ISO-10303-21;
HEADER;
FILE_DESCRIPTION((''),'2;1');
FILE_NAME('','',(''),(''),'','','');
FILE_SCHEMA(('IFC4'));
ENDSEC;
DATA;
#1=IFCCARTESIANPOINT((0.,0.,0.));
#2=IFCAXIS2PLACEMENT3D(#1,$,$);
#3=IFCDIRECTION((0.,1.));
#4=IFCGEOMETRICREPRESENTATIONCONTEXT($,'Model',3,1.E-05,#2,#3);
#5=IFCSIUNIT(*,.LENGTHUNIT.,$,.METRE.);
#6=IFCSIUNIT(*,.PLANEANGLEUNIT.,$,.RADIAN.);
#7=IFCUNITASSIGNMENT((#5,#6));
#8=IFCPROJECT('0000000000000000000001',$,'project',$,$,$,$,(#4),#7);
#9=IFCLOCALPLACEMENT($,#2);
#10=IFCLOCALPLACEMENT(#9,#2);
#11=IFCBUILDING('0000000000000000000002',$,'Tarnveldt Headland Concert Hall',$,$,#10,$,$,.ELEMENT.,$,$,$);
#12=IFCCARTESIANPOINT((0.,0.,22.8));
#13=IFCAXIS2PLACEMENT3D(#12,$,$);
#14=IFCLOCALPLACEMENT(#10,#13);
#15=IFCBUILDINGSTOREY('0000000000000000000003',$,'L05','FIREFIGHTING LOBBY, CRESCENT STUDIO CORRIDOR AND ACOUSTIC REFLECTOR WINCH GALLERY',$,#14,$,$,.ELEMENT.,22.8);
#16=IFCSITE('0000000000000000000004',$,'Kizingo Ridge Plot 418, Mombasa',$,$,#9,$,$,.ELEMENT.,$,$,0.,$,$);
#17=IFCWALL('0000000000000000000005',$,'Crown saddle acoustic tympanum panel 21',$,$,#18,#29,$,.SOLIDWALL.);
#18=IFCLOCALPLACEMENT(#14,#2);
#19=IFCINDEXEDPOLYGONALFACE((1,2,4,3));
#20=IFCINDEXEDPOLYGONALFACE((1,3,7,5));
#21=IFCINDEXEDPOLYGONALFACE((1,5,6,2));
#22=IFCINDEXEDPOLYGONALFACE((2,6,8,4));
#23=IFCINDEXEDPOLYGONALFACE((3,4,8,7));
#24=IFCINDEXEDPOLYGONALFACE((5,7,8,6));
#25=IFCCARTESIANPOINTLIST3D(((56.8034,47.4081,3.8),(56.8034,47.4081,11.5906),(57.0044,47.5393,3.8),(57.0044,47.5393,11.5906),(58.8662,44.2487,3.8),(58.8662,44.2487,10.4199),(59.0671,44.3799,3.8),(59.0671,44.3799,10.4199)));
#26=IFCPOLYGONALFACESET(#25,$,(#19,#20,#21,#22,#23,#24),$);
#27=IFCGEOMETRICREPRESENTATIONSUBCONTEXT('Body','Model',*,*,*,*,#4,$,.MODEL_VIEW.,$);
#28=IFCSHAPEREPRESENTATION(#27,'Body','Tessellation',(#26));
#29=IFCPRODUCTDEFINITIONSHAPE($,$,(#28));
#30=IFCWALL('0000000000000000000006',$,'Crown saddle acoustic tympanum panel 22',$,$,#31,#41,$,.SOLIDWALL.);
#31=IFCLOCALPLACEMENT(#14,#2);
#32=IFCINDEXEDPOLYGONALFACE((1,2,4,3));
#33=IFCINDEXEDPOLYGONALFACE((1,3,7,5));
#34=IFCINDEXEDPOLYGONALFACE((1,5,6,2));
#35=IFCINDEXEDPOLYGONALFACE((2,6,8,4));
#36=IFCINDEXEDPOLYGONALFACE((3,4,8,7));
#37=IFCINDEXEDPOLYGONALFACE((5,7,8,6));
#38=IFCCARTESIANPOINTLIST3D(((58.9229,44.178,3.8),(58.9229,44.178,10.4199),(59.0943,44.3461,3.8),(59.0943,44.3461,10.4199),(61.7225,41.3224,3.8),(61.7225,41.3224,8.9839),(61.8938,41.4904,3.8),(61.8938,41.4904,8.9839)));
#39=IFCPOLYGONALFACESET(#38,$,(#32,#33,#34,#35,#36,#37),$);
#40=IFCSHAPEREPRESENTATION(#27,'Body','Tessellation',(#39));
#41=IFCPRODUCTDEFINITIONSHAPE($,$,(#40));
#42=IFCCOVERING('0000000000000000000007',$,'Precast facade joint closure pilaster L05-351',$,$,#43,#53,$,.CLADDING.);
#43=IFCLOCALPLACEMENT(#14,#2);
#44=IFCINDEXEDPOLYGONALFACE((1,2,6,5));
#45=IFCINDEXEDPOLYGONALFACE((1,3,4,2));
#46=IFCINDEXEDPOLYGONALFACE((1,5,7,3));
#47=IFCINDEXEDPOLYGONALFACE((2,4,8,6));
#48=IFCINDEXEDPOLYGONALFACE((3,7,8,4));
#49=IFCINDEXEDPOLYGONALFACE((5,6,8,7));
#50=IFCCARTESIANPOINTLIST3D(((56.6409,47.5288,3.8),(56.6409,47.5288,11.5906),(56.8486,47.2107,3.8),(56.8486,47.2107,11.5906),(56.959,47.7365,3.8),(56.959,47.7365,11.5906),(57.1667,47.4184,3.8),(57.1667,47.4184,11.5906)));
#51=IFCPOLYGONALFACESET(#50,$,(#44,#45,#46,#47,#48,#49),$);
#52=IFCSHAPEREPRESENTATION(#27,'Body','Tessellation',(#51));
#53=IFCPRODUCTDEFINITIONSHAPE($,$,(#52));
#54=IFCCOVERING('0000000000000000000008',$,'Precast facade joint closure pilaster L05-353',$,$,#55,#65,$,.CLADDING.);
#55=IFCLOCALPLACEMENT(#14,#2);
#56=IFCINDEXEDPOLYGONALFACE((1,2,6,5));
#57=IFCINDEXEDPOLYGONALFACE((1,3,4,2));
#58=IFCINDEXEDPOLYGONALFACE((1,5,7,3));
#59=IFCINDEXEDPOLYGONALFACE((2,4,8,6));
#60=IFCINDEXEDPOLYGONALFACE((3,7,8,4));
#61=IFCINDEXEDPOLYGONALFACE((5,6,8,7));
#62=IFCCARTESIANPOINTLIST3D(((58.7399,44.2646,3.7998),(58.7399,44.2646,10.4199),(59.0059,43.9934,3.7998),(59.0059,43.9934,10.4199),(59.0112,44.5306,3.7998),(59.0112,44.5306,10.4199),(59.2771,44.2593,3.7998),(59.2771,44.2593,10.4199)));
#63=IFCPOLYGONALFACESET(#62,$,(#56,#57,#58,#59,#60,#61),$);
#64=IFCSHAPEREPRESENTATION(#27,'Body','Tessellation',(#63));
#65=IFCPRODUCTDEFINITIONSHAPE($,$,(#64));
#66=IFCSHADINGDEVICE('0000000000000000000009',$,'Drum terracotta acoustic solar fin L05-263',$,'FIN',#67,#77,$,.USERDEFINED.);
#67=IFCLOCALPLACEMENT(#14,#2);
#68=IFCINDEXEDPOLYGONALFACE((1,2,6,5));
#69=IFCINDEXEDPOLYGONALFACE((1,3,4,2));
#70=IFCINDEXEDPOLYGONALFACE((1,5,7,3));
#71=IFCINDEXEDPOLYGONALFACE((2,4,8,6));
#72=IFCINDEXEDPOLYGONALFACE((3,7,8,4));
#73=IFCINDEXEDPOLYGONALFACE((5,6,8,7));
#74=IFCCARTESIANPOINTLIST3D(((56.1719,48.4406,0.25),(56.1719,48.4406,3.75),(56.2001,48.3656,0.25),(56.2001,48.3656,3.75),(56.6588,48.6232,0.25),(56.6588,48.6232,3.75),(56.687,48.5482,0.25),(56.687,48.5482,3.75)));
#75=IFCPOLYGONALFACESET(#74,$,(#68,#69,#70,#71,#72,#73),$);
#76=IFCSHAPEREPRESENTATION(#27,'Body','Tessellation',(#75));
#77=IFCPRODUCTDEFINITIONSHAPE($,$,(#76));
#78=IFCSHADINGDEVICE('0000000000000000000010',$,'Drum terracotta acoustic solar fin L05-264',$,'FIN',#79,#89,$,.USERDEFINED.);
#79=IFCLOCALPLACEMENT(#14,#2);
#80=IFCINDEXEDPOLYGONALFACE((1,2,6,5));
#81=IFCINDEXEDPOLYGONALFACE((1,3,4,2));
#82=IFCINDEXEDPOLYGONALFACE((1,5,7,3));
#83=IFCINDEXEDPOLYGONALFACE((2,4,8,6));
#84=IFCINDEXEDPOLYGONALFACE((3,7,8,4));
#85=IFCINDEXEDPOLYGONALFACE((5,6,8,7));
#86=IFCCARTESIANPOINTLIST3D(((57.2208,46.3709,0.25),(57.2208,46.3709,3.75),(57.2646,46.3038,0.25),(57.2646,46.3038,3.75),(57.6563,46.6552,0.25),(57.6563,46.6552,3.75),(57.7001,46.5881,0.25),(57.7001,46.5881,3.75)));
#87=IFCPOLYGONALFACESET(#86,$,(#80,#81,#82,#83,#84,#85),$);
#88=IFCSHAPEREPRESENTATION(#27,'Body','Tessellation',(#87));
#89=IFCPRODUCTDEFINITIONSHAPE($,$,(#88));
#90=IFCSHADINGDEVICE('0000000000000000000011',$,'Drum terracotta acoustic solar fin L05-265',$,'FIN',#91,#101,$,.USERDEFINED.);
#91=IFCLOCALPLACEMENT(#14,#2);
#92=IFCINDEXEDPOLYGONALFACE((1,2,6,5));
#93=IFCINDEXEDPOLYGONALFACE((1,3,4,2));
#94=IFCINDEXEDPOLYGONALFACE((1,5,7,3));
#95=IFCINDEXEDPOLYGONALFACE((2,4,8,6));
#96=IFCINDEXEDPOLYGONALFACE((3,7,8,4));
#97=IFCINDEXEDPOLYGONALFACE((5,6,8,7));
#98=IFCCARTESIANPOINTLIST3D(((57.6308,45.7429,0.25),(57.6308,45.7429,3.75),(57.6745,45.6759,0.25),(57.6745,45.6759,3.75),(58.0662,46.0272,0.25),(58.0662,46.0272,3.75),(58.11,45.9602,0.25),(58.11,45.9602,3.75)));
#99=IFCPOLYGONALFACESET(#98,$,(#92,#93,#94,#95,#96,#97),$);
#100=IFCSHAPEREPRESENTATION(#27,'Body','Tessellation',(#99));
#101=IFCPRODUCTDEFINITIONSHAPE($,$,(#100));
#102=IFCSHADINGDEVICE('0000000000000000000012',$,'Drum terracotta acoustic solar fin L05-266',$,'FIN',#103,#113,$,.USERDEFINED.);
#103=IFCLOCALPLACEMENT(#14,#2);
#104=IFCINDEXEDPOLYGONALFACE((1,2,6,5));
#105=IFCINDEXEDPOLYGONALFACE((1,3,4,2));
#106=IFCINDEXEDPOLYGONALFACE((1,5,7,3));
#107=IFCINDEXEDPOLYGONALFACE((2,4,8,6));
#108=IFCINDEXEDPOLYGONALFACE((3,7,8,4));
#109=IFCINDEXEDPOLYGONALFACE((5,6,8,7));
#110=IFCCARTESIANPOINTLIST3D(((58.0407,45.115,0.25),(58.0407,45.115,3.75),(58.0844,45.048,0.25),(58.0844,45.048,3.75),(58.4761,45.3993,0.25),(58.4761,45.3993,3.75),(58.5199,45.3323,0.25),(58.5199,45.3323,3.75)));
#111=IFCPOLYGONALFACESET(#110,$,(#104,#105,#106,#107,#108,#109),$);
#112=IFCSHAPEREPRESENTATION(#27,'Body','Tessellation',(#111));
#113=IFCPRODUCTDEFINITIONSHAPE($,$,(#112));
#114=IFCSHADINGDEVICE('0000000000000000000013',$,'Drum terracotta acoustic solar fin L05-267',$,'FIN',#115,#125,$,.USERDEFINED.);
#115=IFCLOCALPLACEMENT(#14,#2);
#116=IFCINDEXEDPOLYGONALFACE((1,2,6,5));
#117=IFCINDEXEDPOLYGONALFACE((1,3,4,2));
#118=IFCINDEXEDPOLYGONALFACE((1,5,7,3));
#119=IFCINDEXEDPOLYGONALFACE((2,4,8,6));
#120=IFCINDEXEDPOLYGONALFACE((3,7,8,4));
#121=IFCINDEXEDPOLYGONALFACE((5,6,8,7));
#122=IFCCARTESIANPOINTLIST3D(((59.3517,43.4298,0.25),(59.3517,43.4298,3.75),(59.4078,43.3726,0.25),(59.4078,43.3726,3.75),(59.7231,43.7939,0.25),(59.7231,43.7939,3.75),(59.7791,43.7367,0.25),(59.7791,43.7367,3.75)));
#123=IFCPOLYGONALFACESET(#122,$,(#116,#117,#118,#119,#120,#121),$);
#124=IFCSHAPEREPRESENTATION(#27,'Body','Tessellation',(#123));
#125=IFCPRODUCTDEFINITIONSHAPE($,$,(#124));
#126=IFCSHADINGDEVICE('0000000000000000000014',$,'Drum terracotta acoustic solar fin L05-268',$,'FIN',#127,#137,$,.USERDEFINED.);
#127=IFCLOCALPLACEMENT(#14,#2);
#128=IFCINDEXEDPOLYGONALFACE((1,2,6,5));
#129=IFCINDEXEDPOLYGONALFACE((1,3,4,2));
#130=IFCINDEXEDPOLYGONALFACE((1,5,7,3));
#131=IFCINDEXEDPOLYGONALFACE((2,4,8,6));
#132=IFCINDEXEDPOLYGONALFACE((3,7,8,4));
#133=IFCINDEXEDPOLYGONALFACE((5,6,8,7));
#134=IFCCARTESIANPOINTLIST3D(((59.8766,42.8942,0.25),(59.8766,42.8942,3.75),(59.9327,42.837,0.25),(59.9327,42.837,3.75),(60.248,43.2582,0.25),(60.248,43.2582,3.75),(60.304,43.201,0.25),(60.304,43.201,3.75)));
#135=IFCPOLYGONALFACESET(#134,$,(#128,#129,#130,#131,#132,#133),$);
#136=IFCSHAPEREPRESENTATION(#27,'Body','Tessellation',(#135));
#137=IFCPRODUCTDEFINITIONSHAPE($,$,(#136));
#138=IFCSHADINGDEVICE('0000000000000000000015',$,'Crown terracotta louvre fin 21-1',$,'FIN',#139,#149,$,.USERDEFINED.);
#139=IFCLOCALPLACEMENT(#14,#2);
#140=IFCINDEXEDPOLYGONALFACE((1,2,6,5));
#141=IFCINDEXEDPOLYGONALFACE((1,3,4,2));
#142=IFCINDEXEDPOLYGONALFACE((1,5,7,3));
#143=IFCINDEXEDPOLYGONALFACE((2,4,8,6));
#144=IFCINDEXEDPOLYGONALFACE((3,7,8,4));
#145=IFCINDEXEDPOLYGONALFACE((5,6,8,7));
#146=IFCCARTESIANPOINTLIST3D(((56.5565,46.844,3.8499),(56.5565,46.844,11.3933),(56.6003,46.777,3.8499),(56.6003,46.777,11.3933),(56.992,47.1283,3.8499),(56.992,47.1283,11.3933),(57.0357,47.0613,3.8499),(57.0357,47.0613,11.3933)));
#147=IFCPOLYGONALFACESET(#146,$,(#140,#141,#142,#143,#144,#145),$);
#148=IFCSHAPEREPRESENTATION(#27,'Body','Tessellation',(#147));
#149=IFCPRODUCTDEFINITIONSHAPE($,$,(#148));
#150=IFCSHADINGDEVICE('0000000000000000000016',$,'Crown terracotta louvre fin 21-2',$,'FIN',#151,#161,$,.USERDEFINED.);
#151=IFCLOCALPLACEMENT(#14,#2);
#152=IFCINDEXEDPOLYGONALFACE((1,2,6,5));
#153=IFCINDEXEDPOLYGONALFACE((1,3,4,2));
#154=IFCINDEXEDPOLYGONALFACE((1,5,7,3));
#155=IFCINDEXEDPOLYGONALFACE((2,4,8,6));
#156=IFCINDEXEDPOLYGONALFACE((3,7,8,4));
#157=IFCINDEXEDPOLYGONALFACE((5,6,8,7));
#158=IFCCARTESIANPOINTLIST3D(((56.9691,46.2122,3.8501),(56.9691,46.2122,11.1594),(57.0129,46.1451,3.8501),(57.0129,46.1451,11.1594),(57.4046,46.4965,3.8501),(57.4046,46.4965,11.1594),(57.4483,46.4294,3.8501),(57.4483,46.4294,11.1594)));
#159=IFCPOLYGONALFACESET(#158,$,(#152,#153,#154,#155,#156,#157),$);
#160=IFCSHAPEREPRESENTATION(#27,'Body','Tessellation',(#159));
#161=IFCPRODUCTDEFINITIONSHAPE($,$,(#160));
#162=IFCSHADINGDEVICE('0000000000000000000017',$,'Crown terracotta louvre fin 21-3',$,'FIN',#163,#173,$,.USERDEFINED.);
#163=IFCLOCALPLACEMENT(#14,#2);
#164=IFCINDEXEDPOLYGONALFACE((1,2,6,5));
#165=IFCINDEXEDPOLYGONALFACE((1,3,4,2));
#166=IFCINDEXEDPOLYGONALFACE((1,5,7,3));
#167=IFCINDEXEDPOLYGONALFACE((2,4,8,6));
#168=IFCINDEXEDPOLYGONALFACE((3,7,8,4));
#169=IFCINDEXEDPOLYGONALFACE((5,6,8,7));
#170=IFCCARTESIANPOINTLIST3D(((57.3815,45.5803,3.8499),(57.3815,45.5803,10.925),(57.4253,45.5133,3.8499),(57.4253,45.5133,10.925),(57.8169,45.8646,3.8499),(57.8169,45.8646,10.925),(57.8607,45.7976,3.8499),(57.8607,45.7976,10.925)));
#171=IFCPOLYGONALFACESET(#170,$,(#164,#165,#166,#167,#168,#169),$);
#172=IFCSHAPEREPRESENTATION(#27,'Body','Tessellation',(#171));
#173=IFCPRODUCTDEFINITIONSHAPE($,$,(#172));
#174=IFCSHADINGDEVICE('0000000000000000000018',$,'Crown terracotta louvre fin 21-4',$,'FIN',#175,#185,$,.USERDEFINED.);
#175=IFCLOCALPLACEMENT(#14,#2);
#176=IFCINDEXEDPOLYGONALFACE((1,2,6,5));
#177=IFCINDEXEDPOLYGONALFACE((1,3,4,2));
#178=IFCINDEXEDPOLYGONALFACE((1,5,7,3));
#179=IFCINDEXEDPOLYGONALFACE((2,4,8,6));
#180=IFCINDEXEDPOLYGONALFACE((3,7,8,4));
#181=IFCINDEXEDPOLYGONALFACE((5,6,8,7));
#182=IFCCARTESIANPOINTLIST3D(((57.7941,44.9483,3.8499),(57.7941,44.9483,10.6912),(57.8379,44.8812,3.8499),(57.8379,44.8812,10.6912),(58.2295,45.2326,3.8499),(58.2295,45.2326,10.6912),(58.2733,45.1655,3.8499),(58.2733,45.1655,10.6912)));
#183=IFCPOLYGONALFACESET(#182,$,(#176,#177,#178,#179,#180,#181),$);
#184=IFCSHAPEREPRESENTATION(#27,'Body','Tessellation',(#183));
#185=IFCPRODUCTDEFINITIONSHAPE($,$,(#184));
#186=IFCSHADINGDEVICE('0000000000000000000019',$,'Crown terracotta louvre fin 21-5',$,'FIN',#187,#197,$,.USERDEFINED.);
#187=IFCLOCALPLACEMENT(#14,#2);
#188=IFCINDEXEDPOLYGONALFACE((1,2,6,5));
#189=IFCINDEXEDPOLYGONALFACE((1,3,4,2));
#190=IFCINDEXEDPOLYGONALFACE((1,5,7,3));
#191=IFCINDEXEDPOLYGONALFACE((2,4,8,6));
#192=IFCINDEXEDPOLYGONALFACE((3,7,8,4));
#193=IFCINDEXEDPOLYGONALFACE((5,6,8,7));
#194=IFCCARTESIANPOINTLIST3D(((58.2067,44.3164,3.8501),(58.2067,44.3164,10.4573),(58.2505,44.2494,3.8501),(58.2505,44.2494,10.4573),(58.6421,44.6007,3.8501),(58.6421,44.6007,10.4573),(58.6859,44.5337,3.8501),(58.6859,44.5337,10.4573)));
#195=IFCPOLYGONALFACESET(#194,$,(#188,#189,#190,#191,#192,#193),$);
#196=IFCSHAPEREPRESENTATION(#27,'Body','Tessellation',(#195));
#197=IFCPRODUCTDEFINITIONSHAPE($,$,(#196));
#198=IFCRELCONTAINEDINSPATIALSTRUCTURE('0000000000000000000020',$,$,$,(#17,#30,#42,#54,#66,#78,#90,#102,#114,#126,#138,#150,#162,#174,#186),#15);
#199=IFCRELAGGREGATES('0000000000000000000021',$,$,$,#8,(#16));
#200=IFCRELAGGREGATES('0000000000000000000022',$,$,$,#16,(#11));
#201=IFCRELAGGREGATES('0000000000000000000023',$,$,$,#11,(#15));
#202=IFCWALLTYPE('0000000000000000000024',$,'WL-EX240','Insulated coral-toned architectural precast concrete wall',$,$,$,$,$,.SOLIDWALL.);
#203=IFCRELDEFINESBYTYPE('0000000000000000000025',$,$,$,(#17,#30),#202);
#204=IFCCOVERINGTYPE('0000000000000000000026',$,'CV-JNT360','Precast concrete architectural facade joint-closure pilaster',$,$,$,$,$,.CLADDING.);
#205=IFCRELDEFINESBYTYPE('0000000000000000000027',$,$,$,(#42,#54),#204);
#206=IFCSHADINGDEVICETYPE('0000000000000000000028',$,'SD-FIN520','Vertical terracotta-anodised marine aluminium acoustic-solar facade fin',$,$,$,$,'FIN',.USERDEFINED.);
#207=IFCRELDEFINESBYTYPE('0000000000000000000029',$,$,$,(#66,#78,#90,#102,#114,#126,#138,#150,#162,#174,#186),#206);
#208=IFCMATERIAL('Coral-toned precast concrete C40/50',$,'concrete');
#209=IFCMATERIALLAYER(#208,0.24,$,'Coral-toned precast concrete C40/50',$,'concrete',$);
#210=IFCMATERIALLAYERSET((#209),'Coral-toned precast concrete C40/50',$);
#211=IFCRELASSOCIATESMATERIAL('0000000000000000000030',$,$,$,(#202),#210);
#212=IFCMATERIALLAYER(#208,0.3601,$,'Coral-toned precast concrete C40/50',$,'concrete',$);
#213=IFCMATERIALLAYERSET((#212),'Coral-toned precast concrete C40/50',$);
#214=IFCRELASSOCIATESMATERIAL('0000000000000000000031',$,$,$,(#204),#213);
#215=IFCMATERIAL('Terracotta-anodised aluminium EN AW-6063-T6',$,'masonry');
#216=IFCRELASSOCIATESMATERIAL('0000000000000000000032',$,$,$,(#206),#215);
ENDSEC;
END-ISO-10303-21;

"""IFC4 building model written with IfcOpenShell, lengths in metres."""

from ifc_helpers import new_model, si_unit, direction, frame, origin, origin_2d, place, context, subcontext, project, spatial, polyline, rectangle, outline, extrude, material, layer, layer_set, type_object, element, save


model = new_model("IFC4")

# Units and contexts
model_context = context("Model", 3, precision=1e-05, world=origin(), true_north=direction((0.0, 1.0)))
body_context = subcontext(model_context, "Body", "Model", "MODEL_VIEW")
ifc_project = project(units=[si_unit("LENGTHUNIT", "METRE"), si_unit("PLANEANGLEUNIT", "RADIAN")], contexts=[model_context])

# Site, building, storey
site_placement = place(None, origin())
site = spatial("IfcSite", under=ifc_project, at=site_placement, Name="Kizingo Ridge Plot 418, Mombasa", CompositionType="ELEMENT", RefElevation=0.0)
building_placement = place(site_placement, origin())
building = spatial("IfcBuilding", under=site, at=building_placement, Name="Tarnveldt Headland Concert Hall", CompositionType="ELEMENT")
storey_placement = place(building_placement, frame((0.0, 0.0, 22.8)))
storey = spatial("IfcBuildingStorey", under=building, at=storey_placement, Name="L05", Description="FIREFIGHTING LOBBY, CRESCENT STUDIO CORRIDOR AND ACOUSTIC REFLECTOR WINCH GALLERY", CompositionType="ELEMENT", Elevation=22.8)

# Walls
ifc_material_1 = material(Name="Coral-toned precast concrete C40/50", Category="concrete")
ifc_layer_1 = layer(ifc_material_1, 0.24, Name="Coral-toned precast concrete C40/50", Category="concrete")
ifc_layer_set_1 = layer_set([ifc_layer_1], Name="Coral-toned precast concrete C40/50")
wall_type_1 = type_object("IfcWallType", Name="WL-EX240", Description="Insulated coral-toned architectural precast concrete wall", PredefinedType="SOLIDWALL", material=ifc_layer_set_1)
wall_1_placement = place(storey_placement, frame((56.9038, 47.4736, 3.8), z_axis=(0.0, 0.0, 1.0), x_axis=(0.546686, -0.837338, 0.0)))
element("IfcWall", 1, at=wall_1_placement, inside=storey, type_object=wall_type_1, Name="Crown saddle acoustic tympanum panel 21", PredefinedType="SOLIDWALL", context=body_context, shape_type="SweptSolid", body=[
    extrude(outline(polyline([(0.0, 0.0), (3.7732, 0.0), (3.7732, 6.6199), (0.0, 7.7905), (0.0, 0.0)])), frame((0.0, 0.1201, 0.0), z_axis=(0.0, -1.0, 0.0), x_axis=(1.0, 0.0, 0.0)), (0.0, 0.0, 1.0), 0.24),
])
wall_2_placement = place(storey_placement, frame((59.0085, 44.262, 3.8), z_axis=(0.0, 0.0, 1.0), x_axis=(0.700051, -0.714093, 0.0)))
element("IfcWall", 2, at=wall_2_placement, inside=storey, type_object=wall_type_1, Name="Crown saddle acoustic tympanum panel 22", PredefinedType="SOLIDWALL", context=body_context, shape_type="SweptSolid", body=[
    extrude(outline(polyline([(0.0, 0.0), (3.999, 0.0), (3.999, 5.1838), (0.0, 6.6199), (0.0, 0.0)])), frame((0.0, 0.1201, 0.0), z_axis=(0.0, -1.0, 0.0), x_axis=(1.0, 0.0, 0.0)), (0.0, 0.0, 1.0), 0.24),
])

# Coverings
ifc_layer_2 = layer(ifc_material_1, 0.3601, Name="Coral-toned precast concrete C40/50", Category="concrete")
ifc_layer_set_2 = layer_set([ifc_layer_2], Name="Coral-toned precast concrete C40/50")
covering_type = type_object("IfcCoveringType", Name="CV-JNT360", Description="Precast concrete architectural facade joint-closure pilaster", PredefinedType="CLADDING", material=ifc_layer_set_2)
covering_1_placement = place(storey_placement, frame((56.9038, 47.4736, 3.8), z_axis=(0.0, 0.0, 1.0), x_axis=(-0.837337, -0.546687, 0.0)))
element("IfcCovering", 3, at=covering_1_placement, inside=storey, type_object=covering_type, Name="Precast facade joint closure pilaster L05-351", PredefinedType="CLADDING", context=body_context, shape_type="SweptSolid", body=[
    extrude(rectangle(XDim=0.3799, YDim=0.3799, at=origin_2d()), origin(), (0.0, 0.0, 1.0), 7.7905),
])
covering_2_placement = place(storey_placement, frame((59.0085, 44.262, 3.7998), z_axis=(0.0, 0.0, 1.0), x_axis=(-0.714106, -0.700037, 0.0)))
element("IfcCovering", 4, at=covering_2_placement, inside=storey, type_object=covering_type, Name="Precast facade joint closure pilaster L05-353", PredefinedType="CLADDING", context=body_context, shape_type="SweptSolid", body=[
    extrude(rectangle(XDim=0.3799, YDim=0.3799, at=origin_2d()), origin(), (0.0, 0.0, 1.0), 6.6201),
])

# Shading devices
ifc_material_2 = material(Name="Terracotta-anodised aluminium EN AW-6063-T6", Category="masonry")
shading_device_type = type_object("IfcShadingDeviceType", Name="SD-FIN520", Description="Vertical terracotta-anodised marine aluminium acoustic-solar facade fin", ElementType="FIN", PredefinedType="USERDEFINED", material=ifc_material_2)
for number, where, z_axis, x_axis, name in (
    (5, (56.4294, 48.4944, 0.25), (0.0, 0.0, 1.0), (-0.936305, -0.351188, 0.0), "Drum terracotta acoustic solar fin L05-263"),
    (6, (57.4604, 46.4795, 0.25), (0.0, 0.0, 1.0), (-0.837337, -0.546687, 0.0), "Drum terracotta acoustic solar fin L05-264"),
    (7, (57.8704, 45.8516, 0.25), (0.0, 0.0, 1.0), (-0.837337, -0.546687, 0.0), "Drum terracotta acoustic solar fin L05-265"),
    (8, (58.2803, 45.2236, 0.25), (0.0, 0.0, 1.0), (-0.837337, -0.546687, 0.0), "Drum terracotta acoustic solar fin L05-266"),
    (9, (59.5654, 43.5833, 0.25), (0.0, 0.0, 1.0), (-0.714106, -0.700037, 0.0), "Drum terracotta acoustic solar fin L05-267"),
    (10, (60.0903, 43.0476, 0.25), (0.0, 0.0, 1.0), (-0.714106, -0.700037, 0.0), "Drum terracotta acoustic solar fin L05-268"),
):
    element("IfcShadingDevice", number, at=place(storey_placement, frame(where, z_axis=z_axis, x_axis=x_axis)), inside=storey, type_object=shading_device_type, Name=name, ObjectType="FIN", PredefinedType="USERDEFINED", context=body_context, shape_type="SweptSolid", body=[
        extrude(rectangle(XDim=0.52, YDim=0.0801, at=origin_2d()), origin(), (0.0, 0.0, 1.0), 3.5),
    ])
shading_device_1_placement = place(storey_placement, frame((56.7961, 46.9526, 3.8499), z_axis=(0.0, 0.0, 1.0), x_axis=(-0.837337, -0.546687, 0.0)))
element("IfcShadingDevice", 11, at=shading_device_1_placement, inside=storey, type_object=shading_device_type, Name="Crown terracotta louvre fin 21-1", ObjectType="FIN", PredefinedType="USERDEFINED", context=body_context, shape_type="SweptSolid", body=[
    extrude(rectangle(XDim=0.52, YDim=0.0801, at=origin_2d()), origin(), (0.0, 0.0, 1.0), 7.5435),
])
shading_device_2_placement = place(storey_placement, frame((57.2087, 46.3208, 3.8501), z_axis=(0.0, 0.0, 1.0), x_axis=(-0.837337, -0.546687, 0.0)))
element("IfcShadingDevice", 12, at=shading_device_2_placement, inside=storey, type_object=shading_device_type, Name="Crown terracotta louvre fin 21-2", ObjectType="FIN", PredefinedType="USERDEFINED", context=body_context, shape_type="SweptSolid", body=[
    extrude(rectangle(XDim=0.52, YDim=0.0801, at=origin_2d()), origin(), (0.0, 0.0, 1.0), 7.3093),
])
shading_device_3_placement = place(storey_placement, frame((57.6211, 45.689, 3.8499), z_axis=(0.0, 0.0, 1.0), x_axis=(-0.837337, -0.546687, 0.0)))
element("IfcShadingDevice", 13, at=shading_device_3_placement, inside=storey, type_object=shading_device_type, Name="Crown terracotta louvre fin 21-3", ObjectType="FIN", PredefinedType="USERDEFINED", context=body_context, shape_type="SweptSolid", body=[
    extrude(rectangle(XDim=0.52, YDim=0.0801, at=origin_2d()), origin(), (0.0, 0.0, 1.0), 7.0752),
])
shading_device_4_placement = place(storey_placement, frame((58.0337, 45.0569, 3.8499), z_axis=(0.0, 0.0, 1.0), x_axis=(-0.837337, -0.546687, 0.0)))
element("IfcShadingDevice", 14, at=shading_device_4_placement, inside=storey, type_object=shading_device_type, Name="Crown terracotta louvre fin 21-4", ObjectType="FIN", PredefinedType="USERDEFINED", context=body_context, shape_type="SweptSolid", body=[
    extrude(rectangle(XDim=0.52, YDim=0.0801, at=origin_2d()), origin(), (0.0, 0.0, 1.0), 6.8413),
])
shading_device_5_placement = place(storey_placement, frame((58.4463, 44.425, 3.8501), z_axis=(0.0, 0.0, 1.0), x_axis=(-0.837337, -0.546687, 0.0)))
element("IfcShadingDevice", 15, at=shading_device_5_placement, inside=storey, type_object=shading_device_type, Name="Crown terracotta louvre fin 21-5", ObjectType="FIN", PredefinedType="USERDEFINED", context=body_context, shape_type="SweptSolid", body=[
    extrude(rectangle(XDim=0.52, YDim=0.0801, at=origin_2d()), origin(), (0.0, 0.0, 1.0), 6.6072),
])

save(model, "model.ifc")
